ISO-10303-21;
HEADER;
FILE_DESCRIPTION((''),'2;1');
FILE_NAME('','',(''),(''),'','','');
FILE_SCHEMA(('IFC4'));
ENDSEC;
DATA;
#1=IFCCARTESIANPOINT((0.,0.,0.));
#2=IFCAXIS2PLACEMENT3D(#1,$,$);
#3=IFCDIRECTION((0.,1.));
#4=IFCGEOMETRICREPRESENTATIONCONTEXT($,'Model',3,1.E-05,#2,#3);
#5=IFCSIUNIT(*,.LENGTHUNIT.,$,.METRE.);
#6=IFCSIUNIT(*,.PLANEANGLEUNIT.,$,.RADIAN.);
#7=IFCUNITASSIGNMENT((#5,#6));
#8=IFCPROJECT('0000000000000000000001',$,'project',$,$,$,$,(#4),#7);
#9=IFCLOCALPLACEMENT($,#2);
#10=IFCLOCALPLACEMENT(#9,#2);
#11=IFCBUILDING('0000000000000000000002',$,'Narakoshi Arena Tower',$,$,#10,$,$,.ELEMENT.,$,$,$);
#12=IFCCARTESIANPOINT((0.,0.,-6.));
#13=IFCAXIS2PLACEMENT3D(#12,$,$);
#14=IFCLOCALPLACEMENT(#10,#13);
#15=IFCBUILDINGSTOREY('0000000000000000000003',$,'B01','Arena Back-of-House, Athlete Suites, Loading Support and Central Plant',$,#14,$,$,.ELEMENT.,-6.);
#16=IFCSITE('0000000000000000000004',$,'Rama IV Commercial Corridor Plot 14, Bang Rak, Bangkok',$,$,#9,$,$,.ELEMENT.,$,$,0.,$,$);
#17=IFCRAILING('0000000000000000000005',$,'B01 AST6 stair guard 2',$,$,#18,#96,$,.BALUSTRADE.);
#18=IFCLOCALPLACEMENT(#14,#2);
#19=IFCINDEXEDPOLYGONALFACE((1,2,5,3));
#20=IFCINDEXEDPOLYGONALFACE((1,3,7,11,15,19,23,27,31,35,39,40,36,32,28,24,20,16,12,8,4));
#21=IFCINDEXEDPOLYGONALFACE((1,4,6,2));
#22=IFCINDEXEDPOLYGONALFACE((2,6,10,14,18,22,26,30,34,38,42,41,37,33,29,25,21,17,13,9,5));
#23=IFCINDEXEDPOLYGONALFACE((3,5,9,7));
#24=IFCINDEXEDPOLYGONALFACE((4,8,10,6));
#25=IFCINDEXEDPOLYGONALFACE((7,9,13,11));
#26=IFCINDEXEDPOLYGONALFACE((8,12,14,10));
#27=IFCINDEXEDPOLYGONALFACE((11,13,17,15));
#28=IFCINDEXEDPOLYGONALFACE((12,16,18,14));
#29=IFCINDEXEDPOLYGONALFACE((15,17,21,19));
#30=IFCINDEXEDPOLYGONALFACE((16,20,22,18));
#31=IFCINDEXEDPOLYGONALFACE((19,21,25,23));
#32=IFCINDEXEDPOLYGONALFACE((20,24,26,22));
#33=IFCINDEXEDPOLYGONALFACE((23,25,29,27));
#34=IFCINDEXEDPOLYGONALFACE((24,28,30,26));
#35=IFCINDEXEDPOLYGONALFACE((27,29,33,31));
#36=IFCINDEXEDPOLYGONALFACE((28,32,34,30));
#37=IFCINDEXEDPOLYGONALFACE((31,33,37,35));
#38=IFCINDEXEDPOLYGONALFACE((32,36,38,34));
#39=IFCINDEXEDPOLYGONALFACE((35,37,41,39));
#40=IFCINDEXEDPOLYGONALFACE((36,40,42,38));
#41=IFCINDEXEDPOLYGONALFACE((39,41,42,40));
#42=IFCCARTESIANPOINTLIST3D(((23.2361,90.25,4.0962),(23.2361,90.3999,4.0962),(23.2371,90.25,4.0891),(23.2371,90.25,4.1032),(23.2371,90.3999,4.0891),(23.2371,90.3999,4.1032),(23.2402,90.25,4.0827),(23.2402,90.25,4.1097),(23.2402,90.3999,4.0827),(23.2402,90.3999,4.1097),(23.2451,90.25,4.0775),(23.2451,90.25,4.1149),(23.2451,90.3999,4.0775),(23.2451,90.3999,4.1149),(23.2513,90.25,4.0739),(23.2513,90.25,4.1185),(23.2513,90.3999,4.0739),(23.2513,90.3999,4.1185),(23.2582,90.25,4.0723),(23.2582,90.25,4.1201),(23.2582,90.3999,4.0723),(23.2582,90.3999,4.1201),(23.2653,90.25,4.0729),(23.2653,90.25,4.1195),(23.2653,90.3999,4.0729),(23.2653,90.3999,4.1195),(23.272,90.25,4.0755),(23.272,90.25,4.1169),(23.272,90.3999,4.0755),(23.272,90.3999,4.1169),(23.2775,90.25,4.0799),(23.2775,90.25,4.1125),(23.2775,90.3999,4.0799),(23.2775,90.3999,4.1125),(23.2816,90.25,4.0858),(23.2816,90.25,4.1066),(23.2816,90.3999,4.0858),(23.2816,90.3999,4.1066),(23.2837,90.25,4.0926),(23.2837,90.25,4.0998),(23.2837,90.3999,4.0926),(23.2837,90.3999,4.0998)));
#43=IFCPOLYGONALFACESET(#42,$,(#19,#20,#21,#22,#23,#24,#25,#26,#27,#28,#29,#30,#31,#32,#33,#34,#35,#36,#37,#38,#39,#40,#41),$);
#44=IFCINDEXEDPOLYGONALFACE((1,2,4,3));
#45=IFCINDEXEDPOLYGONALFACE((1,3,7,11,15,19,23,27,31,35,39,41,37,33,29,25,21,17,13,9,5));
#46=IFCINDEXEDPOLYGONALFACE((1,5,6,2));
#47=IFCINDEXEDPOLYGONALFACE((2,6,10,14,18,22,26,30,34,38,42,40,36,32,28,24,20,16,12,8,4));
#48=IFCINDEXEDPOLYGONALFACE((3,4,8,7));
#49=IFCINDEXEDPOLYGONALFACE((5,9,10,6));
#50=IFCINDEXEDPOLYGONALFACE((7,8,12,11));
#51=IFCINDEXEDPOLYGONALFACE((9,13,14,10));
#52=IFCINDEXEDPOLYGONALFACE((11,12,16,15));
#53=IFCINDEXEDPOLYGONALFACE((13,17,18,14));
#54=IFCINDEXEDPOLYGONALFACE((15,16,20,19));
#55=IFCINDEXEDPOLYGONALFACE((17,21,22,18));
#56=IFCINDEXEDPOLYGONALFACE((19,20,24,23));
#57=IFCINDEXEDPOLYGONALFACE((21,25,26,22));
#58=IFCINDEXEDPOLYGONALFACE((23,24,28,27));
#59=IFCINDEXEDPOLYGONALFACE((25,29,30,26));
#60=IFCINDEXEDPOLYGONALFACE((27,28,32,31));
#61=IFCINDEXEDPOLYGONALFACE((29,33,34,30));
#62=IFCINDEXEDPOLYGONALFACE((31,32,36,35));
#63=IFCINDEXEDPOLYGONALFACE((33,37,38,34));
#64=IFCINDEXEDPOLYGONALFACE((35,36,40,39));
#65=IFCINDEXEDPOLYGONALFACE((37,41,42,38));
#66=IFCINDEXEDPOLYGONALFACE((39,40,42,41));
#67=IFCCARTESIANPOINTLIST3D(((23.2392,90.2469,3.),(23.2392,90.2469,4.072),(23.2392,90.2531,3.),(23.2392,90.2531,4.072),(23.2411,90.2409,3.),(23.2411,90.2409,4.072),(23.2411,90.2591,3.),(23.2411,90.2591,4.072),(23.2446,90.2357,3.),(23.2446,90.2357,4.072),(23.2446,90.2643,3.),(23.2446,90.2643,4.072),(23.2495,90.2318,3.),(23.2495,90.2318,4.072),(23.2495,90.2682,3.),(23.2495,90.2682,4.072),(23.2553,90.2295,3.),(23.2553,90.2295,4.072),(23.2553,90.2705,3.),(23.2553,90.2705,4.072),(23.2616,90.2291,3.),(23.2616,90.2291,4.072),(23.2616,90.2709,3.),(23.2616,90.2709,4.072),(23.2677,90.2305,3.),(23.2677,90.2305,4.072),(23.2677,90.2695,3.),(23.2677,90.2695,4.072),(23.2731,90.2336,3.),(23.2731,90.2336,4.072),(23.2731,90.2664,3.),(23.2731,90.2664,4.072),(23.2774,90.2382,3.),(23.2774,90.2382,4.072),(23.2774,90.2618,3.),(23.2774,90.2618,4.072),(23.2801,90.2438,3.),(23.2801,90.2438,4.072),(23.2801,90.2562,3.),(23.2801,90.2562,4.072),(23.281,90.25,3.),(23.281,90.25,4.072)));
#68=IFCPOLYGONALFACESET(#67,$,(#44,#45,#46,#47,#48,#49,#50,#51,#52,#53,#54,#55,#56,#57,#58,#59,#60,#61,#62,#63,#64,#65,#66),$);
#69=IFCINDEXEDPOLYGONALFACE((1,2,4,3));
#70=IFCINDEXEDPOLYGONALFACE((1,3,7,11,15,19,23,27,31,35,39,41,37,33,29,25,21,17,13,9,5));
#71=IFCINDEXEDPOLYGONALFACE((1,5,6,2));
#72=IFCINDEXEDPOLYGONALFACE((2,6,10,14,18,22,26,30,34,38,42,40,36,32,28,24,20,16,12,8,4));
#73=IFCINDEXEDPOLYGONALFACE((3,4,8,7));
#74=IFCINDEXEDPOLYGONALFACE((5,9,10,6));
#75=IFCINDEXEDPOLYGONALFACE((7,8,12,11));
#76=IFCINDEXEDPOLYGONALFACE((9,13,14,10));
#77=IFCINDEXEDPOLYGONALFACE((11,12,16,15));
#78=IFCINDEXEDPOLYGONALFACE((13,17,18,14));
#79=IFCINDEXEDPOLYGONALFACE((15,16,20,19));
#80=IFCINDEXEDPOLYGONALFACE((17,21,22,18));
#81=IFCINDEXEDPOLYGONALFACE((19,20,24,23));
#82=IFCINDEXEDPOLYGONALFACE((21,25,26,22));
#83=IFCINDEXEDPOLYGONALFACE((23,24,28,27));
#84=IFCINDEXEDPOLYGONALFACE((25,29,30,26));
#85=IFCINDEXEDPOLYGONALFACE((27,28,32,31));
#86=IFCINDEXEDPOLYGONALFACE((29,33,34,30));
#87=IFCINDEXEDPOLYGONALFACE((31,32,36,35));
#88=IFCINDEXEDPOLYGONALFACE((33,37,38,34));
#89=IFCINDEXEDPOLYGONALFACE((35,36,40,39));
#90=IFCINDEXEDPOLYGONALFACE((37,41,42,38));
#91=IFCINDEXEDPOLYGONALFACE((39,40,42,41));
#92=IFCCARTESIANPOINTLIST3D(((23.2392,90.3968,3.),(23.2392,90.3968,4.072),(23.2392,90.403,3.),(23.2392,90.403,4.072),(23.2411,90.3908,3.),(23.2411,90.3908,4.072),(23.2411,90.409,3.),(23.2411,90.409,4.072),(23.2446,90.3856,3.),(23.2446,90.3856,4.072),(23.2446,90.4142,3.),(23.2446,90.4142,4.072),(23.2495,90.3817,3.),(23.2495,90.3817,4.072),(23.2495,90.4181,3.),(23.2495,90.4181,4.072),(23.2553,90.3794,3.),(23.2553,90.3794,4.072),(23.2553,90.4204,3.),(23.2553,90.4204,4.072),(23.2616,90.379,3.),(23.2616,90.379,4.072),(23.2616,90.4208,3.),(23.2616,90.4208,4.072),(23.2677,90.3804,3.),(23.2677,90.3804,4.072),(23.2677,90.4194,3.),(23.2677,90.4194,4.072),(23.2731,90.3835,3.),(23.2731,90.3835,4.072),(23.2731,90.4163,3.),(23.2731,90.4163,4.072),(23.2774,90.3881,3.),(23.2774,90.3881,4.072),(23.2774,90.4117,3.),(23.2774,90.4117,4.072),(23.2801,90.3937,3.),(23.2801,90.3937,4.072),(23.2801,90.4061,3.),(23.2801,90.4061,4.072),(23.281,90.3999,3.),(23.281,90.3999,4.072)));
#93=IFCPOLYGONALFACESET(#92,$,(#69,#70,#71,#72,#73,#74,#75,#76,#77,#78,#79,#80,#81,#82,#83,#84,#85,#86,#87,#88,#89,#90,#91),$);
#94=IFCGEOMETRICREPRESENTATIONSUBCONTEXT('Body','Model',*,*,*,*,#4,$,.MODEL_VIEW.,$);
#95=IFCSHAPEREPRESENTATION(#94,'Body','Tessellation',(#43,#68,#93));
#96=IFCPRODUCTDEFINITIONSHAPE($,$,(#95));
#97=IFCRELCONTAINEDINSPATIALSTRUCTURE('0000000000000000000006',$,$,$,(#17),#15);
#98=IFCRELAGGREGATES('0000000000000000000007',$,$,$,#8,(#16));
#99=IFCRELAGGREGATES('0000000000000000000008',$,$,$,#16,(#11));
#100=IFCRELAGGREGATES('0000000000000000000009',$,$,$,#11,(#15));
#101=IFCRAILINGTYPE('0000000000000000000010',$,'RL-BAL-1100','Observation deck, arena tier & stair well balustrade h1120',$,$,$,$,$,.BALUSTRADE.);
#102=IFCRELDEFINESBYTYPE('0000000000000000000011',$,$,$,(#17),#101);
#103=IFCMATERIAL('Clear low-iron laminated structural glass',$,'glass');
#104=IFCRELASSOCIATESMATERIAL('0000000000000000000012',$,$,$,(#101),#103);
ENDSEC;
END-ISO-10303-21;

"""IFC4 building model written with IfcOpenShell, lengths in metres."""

from ifc_helpers import new_model, si_unit, direction, frame, origin, origin_2d, place, context, subcontext, project, spatial, circle, extrude, material, type_object, element, save


model = new_model("IFC4")

# Units and contexts
model_context = context("Model", 3, precision=1e-05, world=origin(), true_north=direction((0.0, 1.0)))
body_context = subcontext(model_context, "Body", "Model", "MODEL_VIEW")
ifc_project = project(units=[si_unit("LENGTHUNIT", "METRE"), si_unit("PLANEANGLEUNIT", "RADIAN")], contexts=[model_context])

# Site, building, storey
site_placement = place(None, origin())
site = spatial("IfcSite", under=ifc_project, at=site_placement, Name="Rama IV Commercial Corridor Plot 14, Bang Rak, Bangkok", CompositionType="ELEMENT", RefElevation=0.0)
building_placement = place(site_placement, origin())
building = spatial("IfcBuilding", under=site, at=building_placement, Name="Narakoshi Arena Tower", CompositionType="ELEMENT")
storey_placement = place(building_placement, frame((0.0, 0.0, -6.0)))
storey = spatial("IfcBuildingStorey", under=building, at=storey_placement, Name="B01", Description="Arena Back-of-House, Athlete Suites, Loading Support and Central Plant", CompositionType="ELEMENT", Elevation=-6.0)

# Railing
ifc_material_1 = material(Name="Clear low-iron laminated structural glass", Category="glass")
railing_type_1 = type_object("IfcRailingType", Name="RL-BAL-1100", Description="Observation deck, arena tier & stair well balustrade h1120", PredefinedType="BALUSTRADE", material=ifc_material_1)
railing_1_placement = place(storey_placement, frame((23.26, 90.25, 3.0)))
element("IfcRailing", 1, at=railing_1_placement, inside=storey, type_object=railing_type_1, Name="B01 AST6 stair guard 2", PredefinedType="BALUSTRADE", context=body_context, shape_type="SweptSolid", body=[
    extrude(circle(Radius=0.0239, at=origin_2d()), frame((0.0, 0.0, 1.0962), z_axis=(0.0, 1.0, 0.0), x_axis=(-1.0, 0.0, 0.0)), (0.0, 0.0, 1.0), 0.1499),
    extrude(circle(Radius=0.021, at=origin_2d()), origin(), (0.0, 0.0, 1.0), 1.072),
    extrude(circle(Radius=0.021, at=origin_2d()), frame((0.0, 0.1499, 0.0)), (0.0, 0.0, 1.0), 1.072),
])

save(model, "model.ifc")
